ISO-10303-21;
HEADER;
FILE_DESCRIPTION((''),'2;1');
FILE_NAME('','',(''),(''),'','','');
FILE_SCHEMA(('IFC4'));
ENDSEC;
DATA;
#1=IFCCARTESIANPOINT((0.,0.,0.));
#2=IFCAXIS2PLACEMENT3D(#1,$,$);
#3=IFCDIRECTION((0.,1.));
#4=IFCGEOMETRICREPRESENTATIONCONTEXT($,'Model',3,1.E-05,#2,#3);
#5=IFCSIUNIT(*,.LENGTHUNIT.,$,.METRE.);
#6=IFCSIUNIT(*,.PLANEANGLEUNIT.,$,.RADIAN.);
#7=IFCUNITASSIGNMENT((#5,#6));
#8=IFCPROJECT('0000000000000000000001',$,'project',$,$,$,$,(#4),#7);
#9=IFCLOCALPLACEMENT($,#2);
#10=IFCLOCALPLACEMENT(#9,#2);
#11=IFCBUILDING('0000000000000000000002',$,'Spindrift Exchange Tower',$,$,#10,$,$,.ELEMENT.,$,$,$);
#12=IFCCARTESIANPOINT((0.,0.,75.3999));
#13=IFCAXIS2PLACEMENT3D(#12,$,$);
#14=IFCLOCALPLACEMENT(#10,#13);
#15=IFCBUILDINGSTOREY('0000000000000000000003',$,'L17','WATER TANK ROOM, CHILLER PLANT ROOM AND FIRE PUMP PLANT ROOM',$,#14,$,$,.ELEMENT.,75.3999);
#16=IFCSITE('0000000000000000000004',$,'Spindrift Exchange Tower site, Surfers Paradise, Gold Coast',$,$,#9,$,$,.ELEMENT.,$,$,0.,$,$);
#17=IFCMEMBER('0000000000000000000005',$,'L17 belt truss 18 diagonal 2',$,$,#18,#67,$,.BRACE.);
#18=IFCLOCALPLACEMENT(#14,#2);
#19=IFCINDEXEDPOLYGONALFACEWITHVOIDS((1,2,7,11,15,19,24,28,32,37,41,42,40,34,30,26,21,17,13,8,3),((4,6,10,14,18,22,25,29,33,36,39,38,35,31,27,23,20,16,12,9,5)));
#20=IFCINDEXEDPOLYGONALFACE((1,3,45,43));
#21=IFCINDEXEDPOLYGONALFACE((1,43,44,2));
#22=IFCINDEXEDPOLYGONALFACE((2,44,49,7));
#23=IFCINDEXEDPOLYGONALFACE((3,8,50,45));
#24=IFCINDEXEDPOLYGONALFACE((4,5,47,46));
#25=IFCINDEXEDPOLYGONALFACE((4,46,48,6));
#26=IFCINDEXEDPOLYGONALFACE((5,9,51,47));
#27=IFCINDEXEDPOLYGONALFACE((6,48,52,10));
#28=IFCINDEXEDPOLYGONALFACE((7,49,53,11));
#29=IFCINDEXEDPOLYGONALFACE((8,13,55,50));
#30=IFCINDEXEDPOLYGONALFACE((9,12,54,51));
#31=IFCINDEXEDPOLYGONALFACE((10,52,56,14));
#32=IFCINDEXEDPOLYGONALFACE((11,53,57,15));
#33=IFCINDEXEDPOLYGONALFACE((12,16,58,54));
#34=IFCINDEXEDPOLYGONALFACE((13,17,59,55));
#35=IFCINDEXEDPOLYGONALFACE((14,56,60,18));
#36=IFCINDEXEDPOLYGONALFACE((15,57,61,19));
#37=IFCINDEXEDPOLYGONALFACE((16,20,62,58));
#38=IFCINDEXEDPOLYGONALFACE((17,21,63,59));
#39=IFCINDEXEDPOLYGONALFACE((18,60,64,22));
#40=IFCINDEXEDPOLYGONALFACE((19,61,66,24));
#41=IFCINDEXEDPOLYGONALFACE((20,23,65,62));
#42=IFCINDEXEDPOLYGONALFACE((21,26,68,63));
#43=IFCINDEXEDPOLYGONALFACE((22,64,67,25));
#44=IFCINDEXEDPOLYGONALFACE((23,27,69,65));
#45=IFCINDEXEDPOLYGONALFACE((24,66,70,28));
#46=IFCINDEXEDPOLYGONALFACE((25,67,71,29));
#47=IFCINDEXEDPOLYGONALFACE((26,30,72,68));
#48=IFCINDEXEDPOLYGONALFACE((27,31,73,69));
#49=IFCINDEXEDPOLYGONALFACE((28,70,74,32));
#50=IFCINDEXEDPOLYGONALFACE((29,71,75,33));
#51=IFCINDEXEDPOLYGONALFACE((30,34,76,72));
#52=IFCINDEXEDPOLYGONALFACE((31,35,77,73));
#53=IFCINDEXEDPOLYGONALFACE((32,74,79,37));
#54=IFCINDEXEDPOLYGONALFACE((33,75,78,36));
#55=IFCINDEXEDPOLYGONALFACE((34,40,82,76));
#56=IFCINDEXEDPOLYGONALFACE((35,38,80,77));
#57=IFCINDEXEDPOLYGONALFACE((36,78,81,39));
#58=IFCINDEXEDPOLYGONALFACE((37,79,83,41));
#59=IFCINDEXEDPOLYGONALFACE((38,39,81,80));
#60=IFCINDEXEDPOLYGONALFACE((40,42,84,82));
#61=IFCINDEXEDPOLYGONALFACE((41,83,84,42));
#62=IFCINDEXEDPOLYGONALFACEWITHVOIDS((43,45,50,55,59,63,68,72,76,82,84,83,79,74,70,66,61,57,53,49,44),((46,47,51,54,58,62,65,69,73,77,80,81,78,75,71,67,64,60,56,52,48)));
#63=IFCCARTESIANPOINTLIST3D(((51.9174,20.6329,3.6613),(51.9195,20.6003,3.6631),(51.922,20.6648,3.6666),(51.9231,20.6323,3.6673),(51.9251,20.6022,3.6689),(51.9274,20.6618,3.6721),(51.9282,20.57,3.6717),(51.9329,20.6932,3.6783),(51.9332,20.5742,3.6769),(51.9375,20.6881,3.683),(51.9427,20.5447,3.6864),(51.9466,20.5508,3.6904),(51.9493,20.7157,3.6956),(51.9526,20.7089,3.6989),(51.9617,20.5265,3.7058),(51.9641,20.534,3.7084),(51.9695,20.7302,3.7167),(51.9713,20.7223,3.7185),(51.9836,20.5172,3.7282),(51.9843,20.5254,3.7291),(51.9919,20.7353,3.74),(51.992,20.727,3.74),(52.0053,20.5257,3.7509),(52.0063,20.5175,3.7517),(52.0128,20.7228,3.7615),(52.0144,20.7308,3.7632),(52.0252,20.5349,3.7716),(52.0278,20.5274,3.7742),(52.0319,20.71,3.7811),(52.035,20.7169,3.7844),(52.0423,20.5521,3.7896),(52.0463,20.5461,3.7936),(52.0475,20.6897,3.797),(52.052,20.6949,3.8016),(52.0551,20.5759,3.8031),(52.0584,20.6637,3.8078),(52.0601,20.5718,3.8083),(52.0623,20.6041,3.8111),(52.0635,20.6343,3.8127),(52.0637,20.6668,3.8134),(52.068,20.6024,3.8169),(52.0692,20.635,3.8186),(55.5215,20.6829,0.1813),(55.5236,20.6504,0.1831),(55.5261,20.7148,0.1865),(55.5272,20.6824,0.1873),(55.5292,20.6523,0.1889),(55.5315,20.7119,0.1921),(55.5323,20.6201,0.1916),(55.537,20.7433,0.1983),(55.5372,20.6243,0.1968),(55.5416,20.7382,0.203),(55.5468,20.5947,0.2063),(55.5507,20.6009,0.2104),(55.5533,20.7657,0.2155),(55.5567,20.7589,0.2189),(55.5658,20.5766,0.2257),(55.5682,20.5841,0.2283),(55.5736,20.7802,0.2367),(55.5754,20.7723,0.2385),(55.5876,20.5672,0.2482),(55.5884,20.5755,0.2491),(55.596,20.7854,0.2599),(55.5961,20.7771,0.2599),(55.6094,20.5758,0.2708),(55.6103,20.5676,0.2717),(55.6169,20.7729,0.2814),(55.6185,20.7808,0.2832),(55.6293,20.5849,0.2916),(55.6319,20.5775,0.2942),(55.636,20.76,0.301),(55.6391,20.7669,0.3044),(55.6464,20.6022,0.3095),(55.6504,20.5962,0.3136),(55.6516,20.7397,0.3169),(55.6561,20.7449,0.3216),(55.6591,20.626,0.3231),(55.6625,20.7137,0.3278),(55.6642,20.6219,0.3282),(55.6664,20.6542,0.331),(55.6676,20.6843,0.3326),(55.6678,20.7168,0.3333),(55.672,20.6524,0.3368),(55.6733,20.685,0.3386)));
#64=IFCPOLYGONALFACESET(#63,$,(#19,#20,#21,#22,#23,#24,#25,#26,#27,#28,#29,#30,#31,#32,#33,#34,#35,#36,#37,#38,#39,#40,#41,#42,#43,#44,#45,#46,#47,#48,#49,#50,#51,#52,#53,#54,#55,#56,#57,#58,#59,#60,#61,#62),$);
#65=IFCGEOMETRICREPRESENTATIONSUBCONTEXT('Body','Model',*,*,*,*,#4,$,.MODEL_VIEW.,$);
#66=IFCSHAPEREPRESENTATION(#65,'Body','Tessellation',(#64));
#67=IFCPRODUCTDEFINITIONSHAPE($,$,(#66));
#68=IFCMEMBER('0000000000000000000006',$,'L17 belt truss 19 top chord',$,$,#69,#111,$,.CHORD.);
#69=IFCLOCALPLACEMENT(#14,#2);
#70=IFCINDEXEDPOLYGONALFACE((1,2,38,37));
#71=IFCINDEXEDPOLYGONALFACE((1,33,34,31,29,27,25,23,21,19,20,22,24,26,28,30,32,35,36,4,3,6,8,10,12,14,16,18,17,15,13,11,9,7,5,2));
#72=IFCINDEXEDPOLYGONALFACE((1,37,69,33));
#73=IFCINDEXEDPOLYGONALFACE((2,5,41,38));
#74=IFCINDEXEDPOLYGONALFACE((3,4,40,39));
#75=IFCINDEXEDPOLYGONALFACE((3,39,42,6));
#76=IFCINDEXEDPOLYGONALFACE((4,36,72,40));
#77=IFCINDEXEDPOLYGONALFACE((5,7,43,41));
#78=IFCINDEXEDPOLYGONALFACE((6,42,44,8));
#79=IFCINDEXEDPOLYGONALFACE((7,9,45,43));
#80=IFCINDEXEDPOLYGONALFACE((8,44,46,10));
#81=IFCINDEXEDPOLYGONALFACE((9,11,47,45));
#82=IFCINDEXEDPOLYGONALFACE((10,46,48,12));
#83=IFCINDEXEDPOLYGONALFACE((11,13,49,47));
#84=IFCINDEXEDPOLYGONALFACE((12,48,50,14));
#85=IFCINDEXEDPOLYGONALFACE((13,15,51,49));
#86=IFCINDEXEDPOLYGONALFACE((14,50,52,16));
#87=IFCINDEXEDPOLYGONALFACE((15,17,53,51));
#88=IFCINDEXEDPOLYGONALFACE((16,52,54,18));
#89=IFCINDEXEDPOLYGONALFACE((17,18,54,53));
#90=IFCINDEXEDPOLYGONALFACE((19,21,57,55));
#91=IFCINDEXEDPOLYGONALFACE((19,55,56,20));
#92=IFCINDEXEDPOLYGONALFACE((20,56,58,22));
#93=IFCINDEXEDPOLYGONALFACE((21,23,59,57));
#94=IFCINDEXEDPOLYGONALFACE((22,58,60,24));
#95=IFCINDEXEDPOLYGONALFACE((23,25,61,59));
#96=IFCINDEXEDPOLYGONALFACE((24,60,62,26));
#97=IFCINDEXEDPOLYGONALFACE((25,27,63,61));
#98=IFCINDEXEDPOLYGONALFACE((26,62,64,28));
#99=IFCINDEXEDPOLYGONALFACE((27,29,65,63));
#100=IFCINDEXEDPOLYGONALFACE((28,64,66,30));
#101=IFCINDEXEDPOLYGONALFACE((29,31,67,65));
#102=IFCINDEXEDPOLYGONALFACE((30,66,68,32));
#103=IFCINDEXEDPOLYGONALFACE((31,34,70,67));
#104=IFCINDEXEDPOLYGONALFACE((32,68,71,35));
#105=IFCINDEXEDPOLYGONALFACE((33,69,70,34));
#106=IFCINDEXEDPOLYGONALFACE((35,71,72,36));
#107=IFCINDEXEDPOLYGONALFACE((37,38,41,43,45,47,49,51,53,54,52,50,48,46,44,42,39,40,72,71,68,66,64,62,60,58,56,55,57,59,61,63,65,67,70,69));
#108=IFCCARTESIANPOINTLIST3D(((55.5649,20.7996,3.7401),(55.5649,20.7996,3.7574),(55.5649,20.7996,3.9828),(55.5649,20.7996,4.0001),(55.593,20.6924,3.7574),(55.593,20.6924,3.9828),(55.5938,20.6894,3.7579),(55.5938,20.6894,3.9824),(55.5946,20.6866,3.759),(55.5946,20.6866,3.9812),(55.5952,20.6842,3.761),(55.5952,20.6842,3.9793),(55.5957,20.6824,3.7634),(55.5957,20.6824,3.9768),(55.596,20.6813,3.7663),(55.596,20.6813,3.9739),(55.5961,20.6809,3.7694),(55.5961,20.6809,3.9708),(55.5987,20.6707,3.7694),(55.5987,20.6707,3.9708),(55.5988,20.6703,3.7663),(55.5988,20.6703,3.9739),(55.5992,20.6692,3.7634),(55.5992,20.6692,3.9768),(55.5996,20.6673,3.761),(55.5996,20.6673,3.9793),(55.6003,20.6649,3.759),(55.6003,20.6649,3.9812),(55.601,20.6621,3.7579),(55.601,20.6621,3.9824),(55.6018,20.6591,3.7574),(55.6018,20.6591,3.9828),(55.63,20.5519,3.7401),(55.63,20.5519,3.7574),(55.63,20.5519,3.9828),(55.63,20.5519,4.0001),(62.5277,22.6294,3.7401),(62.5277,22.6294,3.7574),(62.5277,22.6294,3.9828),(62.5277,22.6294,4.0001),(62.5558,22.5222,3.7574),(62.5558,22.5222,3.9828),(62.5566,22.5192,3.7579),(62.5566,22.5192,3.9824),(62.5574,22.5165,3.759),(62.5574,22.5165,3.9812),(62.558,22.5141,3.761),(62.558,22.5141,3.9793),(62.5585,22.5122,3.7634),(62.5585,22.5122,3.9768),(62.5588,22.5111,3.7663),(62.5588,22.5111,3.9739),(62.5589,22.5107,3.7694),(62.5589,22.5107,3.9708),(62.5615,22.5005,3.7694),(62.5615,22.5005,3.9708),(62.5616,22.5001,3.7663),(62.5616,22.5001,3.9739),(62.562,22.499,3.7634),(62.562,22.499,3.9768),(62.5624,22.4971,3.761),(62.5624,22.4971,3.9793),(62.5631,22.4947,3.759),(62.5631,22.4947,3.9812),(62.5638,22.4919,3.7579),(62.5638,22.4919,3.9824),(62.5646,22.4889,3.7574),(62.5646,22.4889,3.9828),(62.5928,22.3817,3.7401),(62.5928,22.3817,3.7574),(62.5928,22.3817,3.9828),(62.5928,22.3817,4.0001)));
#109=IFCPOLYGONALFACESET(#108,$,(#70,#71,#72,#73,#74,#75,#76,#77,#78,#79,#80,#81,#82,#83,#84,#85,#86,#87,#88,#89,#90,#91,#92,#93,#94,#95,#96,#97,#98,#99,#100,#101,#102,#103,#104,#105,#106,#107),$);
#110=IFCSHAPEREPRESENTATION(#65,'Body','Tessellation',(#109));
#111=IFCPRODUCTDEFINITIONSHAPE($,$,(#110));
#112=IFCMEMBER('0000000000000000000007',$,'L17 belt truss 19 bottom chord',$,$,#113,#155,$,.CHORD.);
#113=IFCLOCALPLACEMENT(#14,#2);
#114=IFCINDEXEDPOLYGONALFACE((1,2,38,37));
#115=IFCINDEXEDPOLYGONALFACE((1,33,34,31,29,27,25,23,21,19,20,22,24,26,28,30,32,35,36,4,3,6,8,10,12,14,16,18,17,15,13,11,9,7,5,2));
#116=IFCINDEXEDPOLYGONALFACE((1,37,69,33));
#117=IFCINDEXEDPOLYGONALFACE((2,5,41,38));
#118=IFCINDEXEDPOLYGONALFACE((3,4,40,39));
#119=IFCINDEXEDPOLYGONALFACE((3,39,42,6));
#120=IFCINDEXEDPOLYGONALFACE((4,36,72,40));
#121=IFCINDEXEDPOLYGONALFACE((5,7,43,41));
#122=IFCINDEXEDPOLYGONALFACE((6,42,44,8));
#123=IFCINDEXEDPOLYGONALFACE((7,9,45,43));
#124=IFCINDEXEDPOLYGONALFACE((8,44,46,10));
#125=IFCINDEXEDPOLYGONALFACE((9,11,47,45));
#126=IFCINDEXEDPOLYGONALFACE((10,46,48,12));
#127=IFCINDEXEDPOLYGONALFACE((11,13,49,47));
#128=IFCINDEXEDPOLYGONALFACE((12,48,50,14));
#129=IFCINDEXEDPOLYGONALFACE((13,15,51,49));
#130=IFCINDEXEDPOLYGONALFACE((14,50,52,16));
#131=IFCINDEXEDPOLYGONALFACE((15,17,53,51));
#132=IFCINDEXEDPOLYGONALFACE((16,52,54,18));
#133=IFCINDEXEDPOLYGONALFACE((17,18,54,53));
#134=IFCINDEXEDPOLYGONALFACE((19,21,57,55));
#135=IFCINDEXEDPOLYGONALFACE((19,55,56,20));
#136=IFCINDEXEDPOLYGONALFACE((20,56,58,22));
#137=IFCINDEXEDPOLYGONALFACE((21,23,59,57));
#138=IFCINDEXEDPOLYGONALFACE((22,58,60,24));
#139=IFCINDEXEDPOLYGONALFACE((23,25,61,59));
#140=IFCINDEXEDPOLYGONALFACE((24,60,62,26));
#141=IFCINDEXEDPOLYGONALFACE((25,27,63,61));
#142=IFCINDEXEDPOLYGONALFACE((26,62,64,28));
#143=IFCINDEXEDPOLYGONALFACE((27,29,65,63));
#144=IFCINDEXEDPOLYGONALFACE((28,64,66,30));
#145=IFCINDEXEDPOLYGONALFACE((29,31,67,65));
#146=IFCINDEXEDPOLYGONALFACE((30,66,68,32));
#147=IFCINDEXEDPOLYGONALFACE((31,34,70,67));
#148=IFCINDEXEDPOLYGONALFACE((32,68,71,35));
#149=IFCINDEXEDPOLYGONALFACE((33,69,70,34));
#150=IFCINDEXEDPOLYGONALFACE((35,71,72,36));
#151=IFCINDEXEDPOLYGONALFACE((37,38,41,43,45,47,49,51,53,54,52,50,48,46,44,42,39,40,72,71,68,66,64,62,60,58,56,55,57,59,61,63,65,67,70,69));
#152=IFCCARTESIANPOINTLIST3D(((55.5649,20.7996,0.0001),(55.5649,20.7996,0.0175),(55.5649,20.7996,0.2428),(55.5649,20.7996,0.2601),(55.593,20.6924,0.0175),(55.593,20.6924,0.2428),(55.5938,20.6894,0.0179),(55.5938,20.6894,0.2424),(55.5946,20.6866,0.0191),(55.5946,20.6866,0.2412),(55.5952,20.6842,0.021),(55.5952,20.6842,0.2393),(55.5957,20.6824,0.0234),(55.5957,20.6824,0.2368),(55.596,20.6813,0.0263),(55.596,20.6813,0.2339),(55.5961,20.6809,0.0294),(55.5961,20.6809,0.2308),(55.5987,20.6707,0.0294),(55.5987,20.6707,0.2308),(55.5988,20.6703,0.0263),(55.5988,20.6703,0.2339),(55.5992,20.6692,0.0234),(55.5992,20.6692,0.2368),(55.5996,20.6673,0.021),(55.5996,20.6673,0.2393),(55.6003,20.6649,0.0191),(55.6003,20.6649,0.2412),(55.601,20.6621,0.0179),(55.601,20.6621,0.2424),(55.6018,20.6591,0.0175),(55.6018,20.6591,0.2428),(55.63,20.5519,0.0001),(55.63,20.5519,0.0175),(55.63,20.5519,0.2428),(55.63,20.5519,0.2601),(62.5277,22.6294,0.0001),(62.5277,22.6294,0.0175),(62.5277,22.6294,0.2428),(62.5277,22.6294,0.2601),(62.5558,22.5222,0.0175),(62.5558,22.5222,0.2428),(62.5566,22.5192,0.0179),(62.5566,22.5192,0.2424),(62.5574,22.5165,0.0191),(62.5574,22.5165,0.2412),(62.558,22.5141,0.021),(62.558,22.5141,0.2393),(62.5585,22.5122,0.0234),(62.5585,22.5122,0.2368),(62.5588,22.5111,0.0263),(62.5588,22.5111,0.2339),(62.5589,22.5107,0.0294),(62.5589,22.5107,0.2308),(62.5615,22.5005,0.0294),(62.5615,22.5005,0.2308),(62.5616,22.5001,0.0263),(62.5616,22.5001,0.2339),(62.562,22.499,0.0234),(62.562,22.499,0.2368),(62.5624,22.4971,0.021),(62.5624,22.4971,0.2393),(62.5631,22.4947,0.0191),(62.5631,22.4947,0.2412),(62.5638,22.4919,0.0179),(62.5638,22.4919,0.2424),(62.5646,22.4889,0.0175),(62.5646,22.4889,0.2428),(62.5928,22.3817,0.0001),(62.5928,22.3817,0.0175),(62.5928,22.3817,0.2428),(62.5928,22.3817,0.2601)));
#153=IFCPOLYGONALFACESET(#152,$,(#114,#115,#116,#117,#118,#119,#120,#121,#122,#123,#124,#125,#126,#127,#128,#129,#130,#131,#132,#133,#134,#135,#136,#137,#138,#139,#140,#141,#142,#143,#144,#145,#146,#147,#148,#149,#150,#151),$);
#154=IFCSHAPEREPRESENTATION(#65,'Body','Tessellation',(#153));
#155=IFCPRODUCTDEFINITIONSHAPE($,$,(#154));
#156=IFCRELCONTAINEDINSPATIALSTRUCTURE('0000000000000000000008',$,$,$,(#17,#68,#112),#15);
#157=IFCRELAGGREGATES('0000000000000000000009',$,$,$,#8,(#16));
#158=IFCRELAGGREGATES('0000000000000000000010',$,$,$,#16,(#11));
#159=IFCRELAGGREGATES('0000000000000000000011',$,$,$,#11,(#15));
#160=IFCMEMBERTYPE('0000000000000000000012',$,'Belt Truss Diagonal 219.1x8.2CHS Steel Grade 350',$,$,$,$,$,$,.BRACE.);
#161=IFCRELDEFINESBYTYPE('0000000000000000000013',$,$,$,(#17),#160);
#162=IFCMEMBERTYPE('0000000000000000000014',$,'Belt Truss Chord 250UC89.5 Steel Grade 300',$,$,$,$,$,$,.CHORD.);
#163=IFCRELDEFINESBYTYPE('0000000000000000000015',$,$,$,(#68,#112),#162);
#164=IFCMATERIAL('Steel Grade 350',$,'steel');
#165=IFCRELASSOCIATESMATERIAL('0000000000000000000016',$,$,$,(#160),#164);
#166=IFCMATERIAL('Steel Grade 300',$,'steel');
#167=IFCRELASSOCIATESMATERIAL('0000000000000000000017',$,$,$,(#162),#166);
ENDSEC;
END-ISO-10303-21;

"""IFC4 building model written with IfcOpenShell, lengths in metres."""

from ifc_helpers import new_model, si_unit, direction, frame, origin, origin_2d, place, context, subcontext, project, spatial, hollow_circle, i_section, extrude, source, transform, mapped, material, material_profile, profile_set, type_object, element, save


model = new_model("IFC4")

# Units and contexts
model_context = context("Model", 3, precision=1e-05, world=origin(), true_north=direction((0.0, 1.0)))
body_context = subcontext(model_context, "Body", "Model", "MODEL_VIEW")
ifc_project = project(units=[si_unit("LENGTHUNIT", "METRE"), si_unit("PLANEANGLEUNIT", "RADIAN")], contexts=[model_context])

# Site, building, storey
site_placement = place(None, origin())
site = spatial("IfcSite", under=ifc_project, at=site_placement, Name="Spindrift Exchange Tower site, Surfers Paradise, Gold Coast", CompositionType="ELEMENT", RefElevation=0.0)
building_placement = place(site_placement, origin())
building = spatial("IfcBuilding", under=site, at=building_placement, Name="Spindrift Exchange Tower", CompositionType="ELEMENT")
storey_placement = place(building_placement, frame((0.0, 0.0, 75.3999)))
storey = spatial("IfcBuildingStorey", under=building, at=storey_placement, Name="L17", Description="WATER TANK ROOM, CHILLER PLANT ROOM AND FIRE PUMP PLANT ROOM", CompositionType="ELEMENT", Elevation=75.3999)

# Shared definitions
ifc_material_1 = material(Name="Steel Grade 300", Category="steel")

# Members
ifc_material_2 = material(Name="Steel Grade 350", Category="steel")
ifc_material_profile_1 = material_profile(ifc_material_2, hollow_circle(Radius=0.1096, WallThickness=0.0083, at=origin_2d()), Name="219.1x8.2CHS")
ifc_profile_set_1 = profile_set([ifc_material_profile_1], Name="Steel Grade 350")
member_type_1 = type_object("IfcMemberType", Name="Belt Truss Diagonal 219.1x8.2CHS Steel Grade 350", PredefinedType="BRACE", material=ifc_profile_set_1)
shared_shape_1 = source(origin(), body_context, "Body", "SweptSolid", [
    extrude(hollow_circle(Radius=0.1096, WallThickness=0.0083, at=origin_2d()), origin(), (0.0, 0.0, 1.0), 5.0103),
])
member_1_placement = place(storey_placement, frame((51.9934, 20.6257, 3.74), z_axis=(0.71934, 0.009989, -0.694586), x_axis=(-0.013886, 0.999904, 0.0)))
element("IfcMember", 1, at=member_1_placement, inside=storey, type_object=member_type_1, Name="L17 belt truss 18 diagonal 2", PredefinedType="BRACE", context=body_context, shape_type="MappedRepresentation", body=[
    mapped(shared_shape_1, transform((0.0, 0.0, 0.0), scale=1.0)),
])
ifc_material_profile_2 = material_profile(ifc_material_1, i_section(OverallWidth=0.2561, OverallDepth=0.26, WebThickness=0.0105, FlangeThickness=0.0173, FilletRadius=0.012, at=origin_2d()), Name="250UC89.5")
ifc_profile_set_2 = profile_set([ifc_material_profile_2], Name="Steel Grade 300")
member_type_2 = type_object("IfcMemberType", Name="Belt Truss Chord 250UC89.5 Steel Grade 300", PredefinedType="CHORD", material=ifc_profile_set_2)
shared_shape_2 = source(origin(), body_context, "Body", "SweptSolid", [
    extrude(i_section(OverallWidth=0.2561, OverallDepth=0.26, WebThickness=0.0105, FlangeThickness=0.0173, FilletRadius=0.012, at=origin_2d()), origin(), (0.0, 0.0, 1.0), 7.1992),
])
for number, where, z_axis, x_axis, name in (
    (2, (55.5974, 20.6758, 3.8701), (0.96716, 0.254168, 0.0), (-0.254168, 0.96716, 0.0), "L17 belt truss 19 top chord"),
    (3, (55.5974, 20.6758, 0.1301), (0.96716, 0.254168, 0.0), (-0.254168, 0.96716, 0.0), "L17 belt truss 19 bottom chord"),
):
    element("IfcMember", number, at=place(storey_placement, frame(where, z_axis=z_axis, x_axis=x_axis)), inside=storey, type_object=member_type_2, Name=name, PredefinedType="CHORD", context=body_context, shape_type="MappedRepresentation", body=[
        mapped(shared_shape_2, transform((0.0, 0.0, 0.0), scale=1.0)),
    ])

save(model, "model.ifc")
